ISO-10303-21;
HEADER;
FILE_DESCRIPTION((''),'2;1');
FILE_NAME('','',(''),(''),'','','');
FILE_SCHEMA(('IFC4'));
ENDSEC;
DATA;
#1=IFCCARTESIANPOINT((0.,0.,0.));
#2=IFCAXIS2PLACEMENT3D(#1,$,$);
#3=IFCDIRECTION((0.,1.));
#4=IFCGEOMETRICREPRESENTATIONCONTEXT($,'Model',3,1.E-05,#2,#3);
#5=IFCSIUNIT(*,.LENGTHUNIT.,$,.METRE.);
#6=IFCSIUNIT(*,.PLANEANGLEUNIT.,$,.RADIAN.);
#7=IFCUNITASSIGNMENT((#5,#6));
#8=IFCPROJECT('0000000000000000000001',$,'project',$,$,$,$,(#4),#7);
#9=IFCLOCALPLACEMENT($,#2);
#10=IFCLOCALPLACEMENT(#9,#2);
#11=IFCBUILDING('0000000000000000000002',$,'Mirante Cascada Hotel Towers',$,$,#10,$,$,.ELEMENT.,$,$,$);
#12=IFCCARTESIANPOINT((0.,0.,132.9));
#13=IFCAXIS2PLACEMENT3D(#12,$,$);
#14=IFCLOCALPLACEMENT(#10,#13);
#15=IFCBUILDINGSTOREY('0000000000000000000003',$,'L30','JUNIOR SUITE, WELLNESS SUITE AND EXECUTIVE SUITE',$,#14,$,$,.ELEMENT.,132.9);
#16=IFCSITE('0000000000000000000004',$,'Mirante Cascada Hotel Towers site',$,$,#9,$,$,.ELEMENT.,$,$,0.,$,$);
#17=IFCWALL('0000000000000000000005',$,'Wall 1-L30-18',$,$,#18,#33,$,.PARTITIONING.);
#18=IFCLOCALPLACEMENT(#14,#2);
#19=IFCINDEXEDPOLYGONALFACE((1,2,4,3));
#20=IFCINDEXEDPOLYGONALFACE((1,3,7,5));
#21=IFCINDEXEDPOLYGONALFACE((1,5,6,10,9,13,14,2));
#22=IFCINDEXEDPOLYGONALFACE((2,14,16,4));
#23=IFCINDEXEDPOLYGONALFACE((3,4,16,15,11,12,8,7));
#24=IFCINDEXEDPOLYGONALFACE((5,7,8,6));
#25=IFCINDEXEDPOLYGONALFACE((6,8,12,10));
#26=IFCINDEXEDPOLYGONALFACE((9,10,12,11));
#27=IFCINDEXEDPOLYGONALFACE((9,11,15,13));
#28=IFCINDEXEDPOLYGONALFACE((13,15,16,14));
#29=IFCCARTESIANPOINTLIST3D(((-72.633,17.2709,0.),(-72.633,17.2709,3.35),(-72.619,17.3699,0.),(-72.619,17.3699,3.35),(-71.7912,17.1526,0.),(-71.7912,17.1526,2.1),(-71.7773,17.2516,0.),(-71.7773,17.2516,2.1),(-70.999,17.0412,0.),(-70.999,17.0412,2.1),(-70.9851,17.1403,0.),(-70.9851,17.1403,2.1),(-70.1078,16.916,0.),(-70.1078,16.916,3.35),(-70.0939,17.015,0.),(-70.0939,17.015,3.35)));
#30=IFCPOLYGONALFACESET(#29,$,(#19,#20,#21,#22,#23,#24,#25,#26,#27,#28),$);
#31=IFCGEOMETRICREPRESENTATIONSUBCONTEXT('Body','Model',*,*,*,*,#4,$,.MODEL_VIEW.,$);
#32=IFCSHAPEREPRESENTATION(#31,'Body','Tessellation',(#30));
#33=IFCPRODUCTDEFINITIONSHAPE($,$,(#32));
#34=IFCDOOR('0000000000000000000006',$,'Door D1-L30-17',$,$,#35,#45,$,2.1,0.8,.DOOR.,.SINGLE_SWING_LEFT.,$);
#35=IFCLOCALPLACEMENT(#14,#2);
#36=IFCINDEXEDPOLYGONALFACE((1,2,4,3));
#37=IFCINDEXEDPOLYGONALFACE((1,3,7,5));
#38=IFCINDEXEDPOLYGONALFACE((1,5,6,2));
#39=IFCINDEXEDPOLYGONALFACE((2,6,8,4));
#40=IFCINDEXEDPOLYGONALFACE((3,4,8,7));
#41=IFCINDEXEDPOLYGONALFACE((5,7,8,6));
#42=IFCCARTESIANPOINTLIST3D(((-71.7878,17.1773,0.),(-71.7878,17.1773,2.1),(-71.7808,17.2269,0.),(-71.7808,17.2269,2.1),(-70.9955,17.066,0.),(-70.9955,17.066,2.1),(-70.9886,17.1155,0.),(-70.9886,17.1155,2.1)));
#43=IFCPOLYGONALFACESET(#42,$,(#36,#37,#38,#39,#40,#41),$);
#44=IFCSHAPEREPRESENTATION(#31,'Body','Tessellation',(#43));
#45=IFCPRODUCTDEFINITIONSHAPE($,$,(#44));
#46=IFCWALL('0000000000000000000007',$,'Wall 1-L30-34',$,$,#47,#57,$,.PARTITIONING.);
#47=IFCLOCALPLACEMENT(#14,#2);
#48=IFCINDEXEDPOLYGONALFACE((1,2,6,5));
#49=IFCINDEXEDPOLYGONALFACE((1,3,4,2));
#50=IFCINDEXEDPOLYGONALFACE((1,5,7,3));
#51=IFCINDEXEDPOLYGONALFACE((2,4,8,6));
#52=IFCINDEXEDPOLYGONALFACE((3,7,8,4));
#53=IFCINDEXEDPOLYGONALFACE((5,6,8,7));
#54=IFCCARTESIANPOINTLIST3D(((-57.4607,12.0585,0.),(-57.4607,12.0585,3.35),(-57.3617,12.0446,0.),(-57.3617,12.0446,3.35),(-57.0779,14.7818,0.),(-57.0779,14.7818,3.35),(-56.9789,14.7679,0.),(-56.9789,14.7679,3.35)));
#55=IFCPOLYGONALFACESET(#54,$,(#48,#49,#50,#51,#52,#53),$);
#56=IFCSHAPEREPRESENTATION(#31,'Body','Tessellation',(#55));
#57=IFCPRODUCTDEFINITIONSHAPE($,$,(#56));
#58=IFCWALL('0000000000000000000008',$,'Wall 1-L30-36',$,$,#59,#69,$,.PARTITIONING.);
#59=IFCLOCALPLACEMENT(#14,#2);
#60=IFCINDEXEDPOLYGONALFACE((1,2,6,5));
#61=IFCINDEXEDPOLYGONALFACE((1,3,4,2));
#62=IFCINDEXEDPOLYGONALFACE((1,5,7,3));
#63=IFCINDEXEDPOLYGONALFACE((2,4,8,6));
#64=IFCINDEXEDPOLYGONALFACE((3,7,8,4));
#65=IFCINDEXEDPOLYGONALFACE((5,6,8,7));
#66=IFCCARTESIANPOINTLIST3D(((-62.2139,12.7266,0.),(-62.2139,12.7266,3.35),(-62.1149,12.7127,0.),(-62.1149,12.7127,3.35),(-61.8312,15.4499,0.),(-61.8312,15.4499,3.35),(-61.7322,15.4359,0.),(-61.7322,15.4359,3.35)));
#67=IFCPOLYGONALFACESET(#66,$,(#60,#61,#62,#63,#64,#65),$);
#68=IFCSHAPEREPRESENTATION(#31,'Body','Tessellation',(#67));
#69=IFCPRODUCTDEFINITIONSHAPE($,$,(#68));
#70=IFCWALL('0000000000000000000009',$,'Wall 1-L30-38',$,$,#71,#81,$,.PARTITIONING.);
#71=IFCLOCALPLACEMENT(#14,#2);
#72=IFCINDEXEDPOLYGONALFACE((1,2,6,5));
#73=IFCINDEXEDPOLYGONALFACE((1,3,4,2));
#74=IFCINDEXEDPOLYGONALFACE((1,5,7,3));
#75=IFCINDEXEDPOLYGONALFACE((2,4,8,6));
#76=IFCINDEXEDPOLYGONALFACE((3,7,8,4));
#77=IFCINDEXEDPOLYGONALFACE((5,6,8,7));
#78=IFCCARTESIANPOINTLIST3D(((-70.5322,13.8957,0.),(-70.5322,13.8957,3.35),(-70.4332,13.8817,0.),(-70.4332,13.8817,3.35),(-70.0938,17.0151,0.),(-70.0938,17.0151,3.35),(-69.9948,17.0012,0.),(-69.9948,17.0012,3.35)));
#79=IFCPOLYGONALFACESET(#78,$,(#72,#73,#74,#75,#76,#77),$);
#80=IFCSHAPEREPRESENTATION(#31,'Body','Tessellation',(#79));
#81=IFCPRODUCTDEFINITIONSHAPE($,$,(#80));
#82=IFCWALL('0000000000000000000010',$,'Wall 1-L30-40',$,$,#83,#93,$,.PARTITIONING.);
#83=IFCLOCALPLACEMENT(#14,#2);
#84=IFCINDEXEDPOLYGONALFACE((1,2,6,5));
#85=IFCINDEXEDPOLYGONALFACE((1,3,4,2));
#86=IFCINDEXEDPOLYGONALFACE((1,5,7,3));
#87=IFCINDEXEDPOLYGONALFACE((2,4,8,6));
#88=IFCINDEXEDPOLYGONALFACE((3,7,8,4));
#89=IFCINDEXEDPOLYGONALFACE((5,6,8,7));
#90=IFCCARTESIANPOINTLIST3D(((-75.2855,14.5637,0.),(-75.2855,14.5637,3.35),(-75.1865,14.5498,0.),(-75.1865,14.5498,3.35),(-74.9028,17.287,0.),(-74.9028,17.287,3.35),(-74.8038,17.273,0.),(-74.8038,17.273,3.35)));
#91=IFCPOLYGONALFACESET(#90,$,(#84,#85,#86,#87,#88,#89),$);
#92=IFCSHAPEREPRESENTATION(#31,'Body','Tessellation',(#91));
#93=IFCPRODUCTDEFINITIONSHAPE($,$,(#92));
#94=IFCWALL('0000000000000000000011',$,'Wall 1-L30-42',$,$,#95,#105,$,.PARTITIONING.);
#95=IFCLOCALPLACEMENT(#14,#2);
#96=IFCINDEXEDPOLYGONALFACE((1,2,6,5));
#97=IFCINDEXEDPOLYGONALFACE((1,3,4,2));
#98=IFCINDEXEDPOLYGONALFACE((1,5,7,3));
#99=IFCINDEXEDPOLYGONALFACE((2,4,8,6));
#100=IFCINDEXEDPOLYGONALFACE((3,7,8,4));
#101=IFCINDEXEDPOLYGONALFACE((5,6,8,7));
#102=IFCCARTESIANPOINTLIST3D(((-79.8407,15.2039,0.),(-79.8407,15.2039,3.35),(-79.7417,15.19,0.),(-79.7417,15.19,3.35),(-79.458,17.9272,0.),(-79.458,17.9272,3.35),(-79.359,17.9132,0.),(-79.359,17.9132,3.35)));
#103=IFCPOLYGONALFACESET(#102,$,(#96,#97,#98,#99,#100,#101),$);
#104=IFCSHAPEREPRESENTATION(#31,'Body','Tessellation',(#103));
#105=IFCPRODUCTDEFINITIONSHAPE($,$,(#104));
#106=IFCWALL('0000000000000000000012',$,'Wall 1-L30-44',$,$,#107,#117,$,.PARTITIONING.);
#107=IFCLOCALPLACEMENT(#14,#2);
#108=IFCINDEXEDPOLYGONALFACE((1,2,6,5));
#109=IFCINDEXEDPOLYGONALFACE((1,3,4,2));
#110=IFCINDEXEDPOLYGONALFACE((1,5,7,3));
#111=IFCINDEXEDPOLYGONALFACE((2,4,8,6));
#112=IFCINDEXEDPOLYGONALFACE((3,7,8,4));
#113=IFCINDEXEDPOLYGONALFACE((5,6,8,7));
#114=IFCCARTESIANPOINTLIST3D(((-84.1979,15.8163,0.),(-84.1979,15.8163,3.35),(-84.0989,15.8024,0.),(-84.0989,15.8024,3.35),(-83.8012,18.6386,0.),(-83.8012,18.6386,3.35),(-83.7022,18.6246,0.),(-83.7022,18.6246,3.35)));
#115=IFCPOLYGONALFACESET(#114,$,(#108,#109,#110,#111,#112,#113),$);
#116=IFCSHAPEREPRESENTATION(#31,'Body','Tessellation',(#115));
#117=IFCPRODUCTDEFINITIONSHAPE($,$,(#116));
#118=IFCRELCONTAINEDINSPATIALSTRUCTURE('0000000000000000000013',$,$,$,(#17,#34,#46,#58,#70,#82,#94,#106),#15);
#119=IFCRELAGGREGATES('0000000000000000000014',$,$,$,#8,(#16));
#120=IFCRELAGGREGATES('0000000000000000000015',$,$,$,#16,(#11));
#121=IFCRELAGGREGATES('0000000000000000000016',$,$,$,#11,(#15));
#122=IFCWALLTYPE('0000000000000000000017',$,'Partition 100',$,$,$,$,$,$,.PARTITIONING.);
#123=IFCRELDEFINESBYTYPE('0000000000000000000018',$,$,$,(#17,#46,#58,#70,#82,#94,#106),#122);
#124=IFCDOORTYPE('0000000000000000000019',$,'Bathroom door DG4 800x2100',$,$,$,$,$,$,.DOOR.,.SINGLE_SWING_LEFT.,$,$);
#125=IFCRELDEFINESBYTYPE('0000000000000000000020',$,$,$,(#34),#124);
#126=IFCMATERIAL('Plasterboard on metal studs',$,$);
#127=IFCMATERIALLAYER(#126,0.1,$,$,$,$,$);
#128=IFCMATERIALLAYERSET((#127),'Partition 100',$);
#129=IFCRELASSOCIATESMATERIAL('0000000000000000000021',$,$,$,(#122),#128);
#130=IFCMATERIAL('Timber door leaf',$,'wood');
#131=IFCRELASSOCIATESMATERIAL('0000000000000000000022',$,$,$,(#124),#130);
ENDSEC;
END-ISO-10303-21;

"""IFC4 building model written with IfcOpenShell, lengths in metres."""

from ifc_helpers import new_model, si_unit, direction, frame, frame_2d, origin, place, context, subcontext, project, spatial, rectangle, extrude, material, layer, layer_set, type_object, element, fill, save


model = new_model("IFC4")

# Units and contexts
model_context = context("Model", 3, precision=1e-05, world=origin(), true_north=direction((0.0, 1.0)))
body_context = subcontext(model_context, "Body", "Model", "MODEL_VIEW")
ifc_project = project(units=[si_unit("LENGTHUNIT", "METRE"), si_unit("PLANEANGLEUNIT", "RADIAN")], contexts=[model_context])

# Site, building, storey
site_placement = place(None, origin())
site = spatial("IfcSite", under=ifc_project, at=site_placement, Name="Mirante Cascada Hotel Towers site", CompositionType="ELEMENT", RefElevation=0.0)
building_placement = place(site_placement, origin())
building = spatial("IfcBuilding", under=site, at=building_placement, Name="Mirante Cascada Hotel Towers", CompositionType="ELEMENT")
storey_placement = place(building_placement, frame((0.0, 0.0, 132.9)))
storey = spatial("IfcBuildingStorey", under=building, at=storey_placement, Name="L30", Description="JUNIOR SUITE, WELLNESS SUITE AND EXECUTIVE SUITE", CompositionType="ELEMENT", Elevation=132.9)

# Shared definitions
ifc_material_1 = material(Name="Plasterboard on metal studs")
ifc_layer_1 = layer(ifc_material_1, 0.1)
ifc_layer_set_1 = layer_set([ifc_layer_1], Name="Partition 100")
wall_type_1 = type_object("IfcWallType", Name="Partition 100", PredefinedType="PARTITIONING", material=ifc_layer_set_1)
ifc_material_2 = material(Name="Timber door leaf", Category="wood")
door_type = type_object("IfcDoorType", Name="Bathroom door DG4 800x2100", OperationType="SINGLE_SWING_LEFT", PredefinedType="DOOR", material=ifc_material_2)

# Wall, opening, door
wall_1_placement = place(storey_placement, frame((-72.626, 17.3204, 0.0), z_axis=(0.0, 0.0, 1.0), x_axis=(0.990268, -0.139176, 0.0)))
wall_1 = element("IfcWall", 1, at=wall_1_placement, inside=storey, type_object=wall_type_1, Name="Wall 1-L30-18", PredefinedType="PARTITIONING", context=body_context, shape_type="SweptSolid", body=[
    extrude(rectangle(XDim=2.55, YDim=0.1, at=frame_2d((1.275, 0.0))), origin(), (0.0, 0.0, 1.0), 3.35),
])
opening_1_placement = place(wall_1_placement, frame((0.85, 0.0, 0.0)))
opening_1 = element("IfcOpeningElement", 2, at=opening_1_placement, cuts=wall_1, PredefinedType="OPENING", context=body_context, shape_type="SweptSolid", body=[
    extrude(rectangle(XDim=0.8, YDim=2.1, at=frame_2d((0.4, 1.05))), frame((0.0, 0.05, 0.0), z_axis=(0.0, -1.0, 0.0), x_axis=(1.0, 0.0, 0.0)), (0.0, 0.0, 1.0), 0.1),
])
door_1_placement = place(opening_1_placement, origin())
door_1 = element("IfcDoor", 3, at=door_1_placement, inside=storey, type_object=door_type, Name="Door D1-L30-17", OperationType="SINGLE_SWING_LEFT", OverallHeight=2.1, OverallWidth=0.8, PredefinedType="DOOR", context=body_context, shape_type="SweptSolid", body=[
    extrude(rectangle(XDim=0.8, YDim=2.1, at=frame_2d((0.4, 1.05))), frame((0.0, 0.025, 0.0), z_axis=(0.0, -1.0, 0.0), x_axis=(1.0, 0.0, 0.0)), (0.0, 0.0, 1.0), 0.05),
])
fill(opening_1, door_1)

# Walls
wall_2_placement = place(storey_placement, frame((-57.0284, 14.7749, 0.0), z_axis=(0.0, 0.0, 1.0), x_axis=(-0.139196, -0.990265, 0.0)))
element("IfcWall", 4, at=wall_2_placement, inside=storey, type_object=wall_type_1, Name="Wall 1-L30-34", PredefinedType="PARTITIONING", context=body_context, shape_type="SweptSolid", body=[
    extrude(rectangle(XDim=2.7501, YDim=0.1, at=frame_2d((1.3751, 0.0))), origin(), (0.0, 0.0, 1.0), 3.35),
])
wall_3_placement = place(storey_placement, frame((-61.7817, 15.4429, 0.0), z_axis=(0.0, 0.0, 1.0), x_axis=(-0.139166, -0.990269, 0.0)))
element("IfcWall", 5, at=wall_3_placement, inside=storey, type_object=wall_type_1, Name="Wall 1-L30-36", PredefinedType="PARTITIONING", context=body_context, shape_type="SweptSolid", body=[
    extrude(rectangle(XDim=2.75, YDim=0.1, at=frame_2d((1.375, 0.0))), origin(), (0.0, 0.0, 1.0), 3.35),
])
wall_4_placement = place(storey_placement, frame((-70.0443, 17.0081, 0.0), z_axis=(0.0, 0.0, 1.0), x_axis=(-0.139172, -0.990268, 0.0)))
element("IfcWall", 6, at=wall_4_placement, inside=storey, type_object=wall_type_1, Name="Wall 1-L30-38", PredefinedType="PARTITIONING", context=body_context, shape_type="SweptSolid", body=[
    extrude(rectangle(XDim=3.1501, YDim=0.1, at=frame_2d((1.575, 0.0))), origin(), (0.0, 0.0, 1.0), 3.35),
])
for number, where, z_axis, x_axis, name in (
    (7, (-74.8533, 17.28, 0.0), (0.0, 0.0, 1.0), (-0.139166, -0.990269, 0.0), "Wall 1-L30-40"),
    (8, (-79.4085, 17.9202, 0.0), (0.0, 0.0, 1.0), (-0.139166, -0.990269, 0.0), "Wall 1-L30-42"),
):
    element("IfcWall", number, at=place(storey_placement, frame(where, z_axis=z_axis, x_axis=x_axis)), inside=storey, type_object=wall_type_1, Name=name, PredefinedType="PARTITIONING", context=body_context, shape_type="SweptSolid", body=[
        extrude(rectangle(XDim=2.75, YDim=0.1, at=frame_2d((1.375, 0.0))), origin(), (0.0, 0.0, 1.0), 3.35),
    ])
wall_5_placement = place(storey_placement, frame((-83.7517, 18.6316, 0.0), z_axis=(0.0, 0.0, 1.0), x_axis=(-0.139191, -0.990266, 0.0)))
element("IfcWall", 9, at=wall_5_placement, inside=storey, type_object=wall_type_1, Name="Wall 1-L30-44", PredefinedType="PARTITIONING", context=body_context, shape_type="SweptSolid", body=[
    extrude(rectangle(XDim=2.85, YDim=0.1, at=frame_2d((1.425, 0.0))), origin(), (0.0, 0.0, 1.0), 3.35),
])

save(model, "model.ifc")
